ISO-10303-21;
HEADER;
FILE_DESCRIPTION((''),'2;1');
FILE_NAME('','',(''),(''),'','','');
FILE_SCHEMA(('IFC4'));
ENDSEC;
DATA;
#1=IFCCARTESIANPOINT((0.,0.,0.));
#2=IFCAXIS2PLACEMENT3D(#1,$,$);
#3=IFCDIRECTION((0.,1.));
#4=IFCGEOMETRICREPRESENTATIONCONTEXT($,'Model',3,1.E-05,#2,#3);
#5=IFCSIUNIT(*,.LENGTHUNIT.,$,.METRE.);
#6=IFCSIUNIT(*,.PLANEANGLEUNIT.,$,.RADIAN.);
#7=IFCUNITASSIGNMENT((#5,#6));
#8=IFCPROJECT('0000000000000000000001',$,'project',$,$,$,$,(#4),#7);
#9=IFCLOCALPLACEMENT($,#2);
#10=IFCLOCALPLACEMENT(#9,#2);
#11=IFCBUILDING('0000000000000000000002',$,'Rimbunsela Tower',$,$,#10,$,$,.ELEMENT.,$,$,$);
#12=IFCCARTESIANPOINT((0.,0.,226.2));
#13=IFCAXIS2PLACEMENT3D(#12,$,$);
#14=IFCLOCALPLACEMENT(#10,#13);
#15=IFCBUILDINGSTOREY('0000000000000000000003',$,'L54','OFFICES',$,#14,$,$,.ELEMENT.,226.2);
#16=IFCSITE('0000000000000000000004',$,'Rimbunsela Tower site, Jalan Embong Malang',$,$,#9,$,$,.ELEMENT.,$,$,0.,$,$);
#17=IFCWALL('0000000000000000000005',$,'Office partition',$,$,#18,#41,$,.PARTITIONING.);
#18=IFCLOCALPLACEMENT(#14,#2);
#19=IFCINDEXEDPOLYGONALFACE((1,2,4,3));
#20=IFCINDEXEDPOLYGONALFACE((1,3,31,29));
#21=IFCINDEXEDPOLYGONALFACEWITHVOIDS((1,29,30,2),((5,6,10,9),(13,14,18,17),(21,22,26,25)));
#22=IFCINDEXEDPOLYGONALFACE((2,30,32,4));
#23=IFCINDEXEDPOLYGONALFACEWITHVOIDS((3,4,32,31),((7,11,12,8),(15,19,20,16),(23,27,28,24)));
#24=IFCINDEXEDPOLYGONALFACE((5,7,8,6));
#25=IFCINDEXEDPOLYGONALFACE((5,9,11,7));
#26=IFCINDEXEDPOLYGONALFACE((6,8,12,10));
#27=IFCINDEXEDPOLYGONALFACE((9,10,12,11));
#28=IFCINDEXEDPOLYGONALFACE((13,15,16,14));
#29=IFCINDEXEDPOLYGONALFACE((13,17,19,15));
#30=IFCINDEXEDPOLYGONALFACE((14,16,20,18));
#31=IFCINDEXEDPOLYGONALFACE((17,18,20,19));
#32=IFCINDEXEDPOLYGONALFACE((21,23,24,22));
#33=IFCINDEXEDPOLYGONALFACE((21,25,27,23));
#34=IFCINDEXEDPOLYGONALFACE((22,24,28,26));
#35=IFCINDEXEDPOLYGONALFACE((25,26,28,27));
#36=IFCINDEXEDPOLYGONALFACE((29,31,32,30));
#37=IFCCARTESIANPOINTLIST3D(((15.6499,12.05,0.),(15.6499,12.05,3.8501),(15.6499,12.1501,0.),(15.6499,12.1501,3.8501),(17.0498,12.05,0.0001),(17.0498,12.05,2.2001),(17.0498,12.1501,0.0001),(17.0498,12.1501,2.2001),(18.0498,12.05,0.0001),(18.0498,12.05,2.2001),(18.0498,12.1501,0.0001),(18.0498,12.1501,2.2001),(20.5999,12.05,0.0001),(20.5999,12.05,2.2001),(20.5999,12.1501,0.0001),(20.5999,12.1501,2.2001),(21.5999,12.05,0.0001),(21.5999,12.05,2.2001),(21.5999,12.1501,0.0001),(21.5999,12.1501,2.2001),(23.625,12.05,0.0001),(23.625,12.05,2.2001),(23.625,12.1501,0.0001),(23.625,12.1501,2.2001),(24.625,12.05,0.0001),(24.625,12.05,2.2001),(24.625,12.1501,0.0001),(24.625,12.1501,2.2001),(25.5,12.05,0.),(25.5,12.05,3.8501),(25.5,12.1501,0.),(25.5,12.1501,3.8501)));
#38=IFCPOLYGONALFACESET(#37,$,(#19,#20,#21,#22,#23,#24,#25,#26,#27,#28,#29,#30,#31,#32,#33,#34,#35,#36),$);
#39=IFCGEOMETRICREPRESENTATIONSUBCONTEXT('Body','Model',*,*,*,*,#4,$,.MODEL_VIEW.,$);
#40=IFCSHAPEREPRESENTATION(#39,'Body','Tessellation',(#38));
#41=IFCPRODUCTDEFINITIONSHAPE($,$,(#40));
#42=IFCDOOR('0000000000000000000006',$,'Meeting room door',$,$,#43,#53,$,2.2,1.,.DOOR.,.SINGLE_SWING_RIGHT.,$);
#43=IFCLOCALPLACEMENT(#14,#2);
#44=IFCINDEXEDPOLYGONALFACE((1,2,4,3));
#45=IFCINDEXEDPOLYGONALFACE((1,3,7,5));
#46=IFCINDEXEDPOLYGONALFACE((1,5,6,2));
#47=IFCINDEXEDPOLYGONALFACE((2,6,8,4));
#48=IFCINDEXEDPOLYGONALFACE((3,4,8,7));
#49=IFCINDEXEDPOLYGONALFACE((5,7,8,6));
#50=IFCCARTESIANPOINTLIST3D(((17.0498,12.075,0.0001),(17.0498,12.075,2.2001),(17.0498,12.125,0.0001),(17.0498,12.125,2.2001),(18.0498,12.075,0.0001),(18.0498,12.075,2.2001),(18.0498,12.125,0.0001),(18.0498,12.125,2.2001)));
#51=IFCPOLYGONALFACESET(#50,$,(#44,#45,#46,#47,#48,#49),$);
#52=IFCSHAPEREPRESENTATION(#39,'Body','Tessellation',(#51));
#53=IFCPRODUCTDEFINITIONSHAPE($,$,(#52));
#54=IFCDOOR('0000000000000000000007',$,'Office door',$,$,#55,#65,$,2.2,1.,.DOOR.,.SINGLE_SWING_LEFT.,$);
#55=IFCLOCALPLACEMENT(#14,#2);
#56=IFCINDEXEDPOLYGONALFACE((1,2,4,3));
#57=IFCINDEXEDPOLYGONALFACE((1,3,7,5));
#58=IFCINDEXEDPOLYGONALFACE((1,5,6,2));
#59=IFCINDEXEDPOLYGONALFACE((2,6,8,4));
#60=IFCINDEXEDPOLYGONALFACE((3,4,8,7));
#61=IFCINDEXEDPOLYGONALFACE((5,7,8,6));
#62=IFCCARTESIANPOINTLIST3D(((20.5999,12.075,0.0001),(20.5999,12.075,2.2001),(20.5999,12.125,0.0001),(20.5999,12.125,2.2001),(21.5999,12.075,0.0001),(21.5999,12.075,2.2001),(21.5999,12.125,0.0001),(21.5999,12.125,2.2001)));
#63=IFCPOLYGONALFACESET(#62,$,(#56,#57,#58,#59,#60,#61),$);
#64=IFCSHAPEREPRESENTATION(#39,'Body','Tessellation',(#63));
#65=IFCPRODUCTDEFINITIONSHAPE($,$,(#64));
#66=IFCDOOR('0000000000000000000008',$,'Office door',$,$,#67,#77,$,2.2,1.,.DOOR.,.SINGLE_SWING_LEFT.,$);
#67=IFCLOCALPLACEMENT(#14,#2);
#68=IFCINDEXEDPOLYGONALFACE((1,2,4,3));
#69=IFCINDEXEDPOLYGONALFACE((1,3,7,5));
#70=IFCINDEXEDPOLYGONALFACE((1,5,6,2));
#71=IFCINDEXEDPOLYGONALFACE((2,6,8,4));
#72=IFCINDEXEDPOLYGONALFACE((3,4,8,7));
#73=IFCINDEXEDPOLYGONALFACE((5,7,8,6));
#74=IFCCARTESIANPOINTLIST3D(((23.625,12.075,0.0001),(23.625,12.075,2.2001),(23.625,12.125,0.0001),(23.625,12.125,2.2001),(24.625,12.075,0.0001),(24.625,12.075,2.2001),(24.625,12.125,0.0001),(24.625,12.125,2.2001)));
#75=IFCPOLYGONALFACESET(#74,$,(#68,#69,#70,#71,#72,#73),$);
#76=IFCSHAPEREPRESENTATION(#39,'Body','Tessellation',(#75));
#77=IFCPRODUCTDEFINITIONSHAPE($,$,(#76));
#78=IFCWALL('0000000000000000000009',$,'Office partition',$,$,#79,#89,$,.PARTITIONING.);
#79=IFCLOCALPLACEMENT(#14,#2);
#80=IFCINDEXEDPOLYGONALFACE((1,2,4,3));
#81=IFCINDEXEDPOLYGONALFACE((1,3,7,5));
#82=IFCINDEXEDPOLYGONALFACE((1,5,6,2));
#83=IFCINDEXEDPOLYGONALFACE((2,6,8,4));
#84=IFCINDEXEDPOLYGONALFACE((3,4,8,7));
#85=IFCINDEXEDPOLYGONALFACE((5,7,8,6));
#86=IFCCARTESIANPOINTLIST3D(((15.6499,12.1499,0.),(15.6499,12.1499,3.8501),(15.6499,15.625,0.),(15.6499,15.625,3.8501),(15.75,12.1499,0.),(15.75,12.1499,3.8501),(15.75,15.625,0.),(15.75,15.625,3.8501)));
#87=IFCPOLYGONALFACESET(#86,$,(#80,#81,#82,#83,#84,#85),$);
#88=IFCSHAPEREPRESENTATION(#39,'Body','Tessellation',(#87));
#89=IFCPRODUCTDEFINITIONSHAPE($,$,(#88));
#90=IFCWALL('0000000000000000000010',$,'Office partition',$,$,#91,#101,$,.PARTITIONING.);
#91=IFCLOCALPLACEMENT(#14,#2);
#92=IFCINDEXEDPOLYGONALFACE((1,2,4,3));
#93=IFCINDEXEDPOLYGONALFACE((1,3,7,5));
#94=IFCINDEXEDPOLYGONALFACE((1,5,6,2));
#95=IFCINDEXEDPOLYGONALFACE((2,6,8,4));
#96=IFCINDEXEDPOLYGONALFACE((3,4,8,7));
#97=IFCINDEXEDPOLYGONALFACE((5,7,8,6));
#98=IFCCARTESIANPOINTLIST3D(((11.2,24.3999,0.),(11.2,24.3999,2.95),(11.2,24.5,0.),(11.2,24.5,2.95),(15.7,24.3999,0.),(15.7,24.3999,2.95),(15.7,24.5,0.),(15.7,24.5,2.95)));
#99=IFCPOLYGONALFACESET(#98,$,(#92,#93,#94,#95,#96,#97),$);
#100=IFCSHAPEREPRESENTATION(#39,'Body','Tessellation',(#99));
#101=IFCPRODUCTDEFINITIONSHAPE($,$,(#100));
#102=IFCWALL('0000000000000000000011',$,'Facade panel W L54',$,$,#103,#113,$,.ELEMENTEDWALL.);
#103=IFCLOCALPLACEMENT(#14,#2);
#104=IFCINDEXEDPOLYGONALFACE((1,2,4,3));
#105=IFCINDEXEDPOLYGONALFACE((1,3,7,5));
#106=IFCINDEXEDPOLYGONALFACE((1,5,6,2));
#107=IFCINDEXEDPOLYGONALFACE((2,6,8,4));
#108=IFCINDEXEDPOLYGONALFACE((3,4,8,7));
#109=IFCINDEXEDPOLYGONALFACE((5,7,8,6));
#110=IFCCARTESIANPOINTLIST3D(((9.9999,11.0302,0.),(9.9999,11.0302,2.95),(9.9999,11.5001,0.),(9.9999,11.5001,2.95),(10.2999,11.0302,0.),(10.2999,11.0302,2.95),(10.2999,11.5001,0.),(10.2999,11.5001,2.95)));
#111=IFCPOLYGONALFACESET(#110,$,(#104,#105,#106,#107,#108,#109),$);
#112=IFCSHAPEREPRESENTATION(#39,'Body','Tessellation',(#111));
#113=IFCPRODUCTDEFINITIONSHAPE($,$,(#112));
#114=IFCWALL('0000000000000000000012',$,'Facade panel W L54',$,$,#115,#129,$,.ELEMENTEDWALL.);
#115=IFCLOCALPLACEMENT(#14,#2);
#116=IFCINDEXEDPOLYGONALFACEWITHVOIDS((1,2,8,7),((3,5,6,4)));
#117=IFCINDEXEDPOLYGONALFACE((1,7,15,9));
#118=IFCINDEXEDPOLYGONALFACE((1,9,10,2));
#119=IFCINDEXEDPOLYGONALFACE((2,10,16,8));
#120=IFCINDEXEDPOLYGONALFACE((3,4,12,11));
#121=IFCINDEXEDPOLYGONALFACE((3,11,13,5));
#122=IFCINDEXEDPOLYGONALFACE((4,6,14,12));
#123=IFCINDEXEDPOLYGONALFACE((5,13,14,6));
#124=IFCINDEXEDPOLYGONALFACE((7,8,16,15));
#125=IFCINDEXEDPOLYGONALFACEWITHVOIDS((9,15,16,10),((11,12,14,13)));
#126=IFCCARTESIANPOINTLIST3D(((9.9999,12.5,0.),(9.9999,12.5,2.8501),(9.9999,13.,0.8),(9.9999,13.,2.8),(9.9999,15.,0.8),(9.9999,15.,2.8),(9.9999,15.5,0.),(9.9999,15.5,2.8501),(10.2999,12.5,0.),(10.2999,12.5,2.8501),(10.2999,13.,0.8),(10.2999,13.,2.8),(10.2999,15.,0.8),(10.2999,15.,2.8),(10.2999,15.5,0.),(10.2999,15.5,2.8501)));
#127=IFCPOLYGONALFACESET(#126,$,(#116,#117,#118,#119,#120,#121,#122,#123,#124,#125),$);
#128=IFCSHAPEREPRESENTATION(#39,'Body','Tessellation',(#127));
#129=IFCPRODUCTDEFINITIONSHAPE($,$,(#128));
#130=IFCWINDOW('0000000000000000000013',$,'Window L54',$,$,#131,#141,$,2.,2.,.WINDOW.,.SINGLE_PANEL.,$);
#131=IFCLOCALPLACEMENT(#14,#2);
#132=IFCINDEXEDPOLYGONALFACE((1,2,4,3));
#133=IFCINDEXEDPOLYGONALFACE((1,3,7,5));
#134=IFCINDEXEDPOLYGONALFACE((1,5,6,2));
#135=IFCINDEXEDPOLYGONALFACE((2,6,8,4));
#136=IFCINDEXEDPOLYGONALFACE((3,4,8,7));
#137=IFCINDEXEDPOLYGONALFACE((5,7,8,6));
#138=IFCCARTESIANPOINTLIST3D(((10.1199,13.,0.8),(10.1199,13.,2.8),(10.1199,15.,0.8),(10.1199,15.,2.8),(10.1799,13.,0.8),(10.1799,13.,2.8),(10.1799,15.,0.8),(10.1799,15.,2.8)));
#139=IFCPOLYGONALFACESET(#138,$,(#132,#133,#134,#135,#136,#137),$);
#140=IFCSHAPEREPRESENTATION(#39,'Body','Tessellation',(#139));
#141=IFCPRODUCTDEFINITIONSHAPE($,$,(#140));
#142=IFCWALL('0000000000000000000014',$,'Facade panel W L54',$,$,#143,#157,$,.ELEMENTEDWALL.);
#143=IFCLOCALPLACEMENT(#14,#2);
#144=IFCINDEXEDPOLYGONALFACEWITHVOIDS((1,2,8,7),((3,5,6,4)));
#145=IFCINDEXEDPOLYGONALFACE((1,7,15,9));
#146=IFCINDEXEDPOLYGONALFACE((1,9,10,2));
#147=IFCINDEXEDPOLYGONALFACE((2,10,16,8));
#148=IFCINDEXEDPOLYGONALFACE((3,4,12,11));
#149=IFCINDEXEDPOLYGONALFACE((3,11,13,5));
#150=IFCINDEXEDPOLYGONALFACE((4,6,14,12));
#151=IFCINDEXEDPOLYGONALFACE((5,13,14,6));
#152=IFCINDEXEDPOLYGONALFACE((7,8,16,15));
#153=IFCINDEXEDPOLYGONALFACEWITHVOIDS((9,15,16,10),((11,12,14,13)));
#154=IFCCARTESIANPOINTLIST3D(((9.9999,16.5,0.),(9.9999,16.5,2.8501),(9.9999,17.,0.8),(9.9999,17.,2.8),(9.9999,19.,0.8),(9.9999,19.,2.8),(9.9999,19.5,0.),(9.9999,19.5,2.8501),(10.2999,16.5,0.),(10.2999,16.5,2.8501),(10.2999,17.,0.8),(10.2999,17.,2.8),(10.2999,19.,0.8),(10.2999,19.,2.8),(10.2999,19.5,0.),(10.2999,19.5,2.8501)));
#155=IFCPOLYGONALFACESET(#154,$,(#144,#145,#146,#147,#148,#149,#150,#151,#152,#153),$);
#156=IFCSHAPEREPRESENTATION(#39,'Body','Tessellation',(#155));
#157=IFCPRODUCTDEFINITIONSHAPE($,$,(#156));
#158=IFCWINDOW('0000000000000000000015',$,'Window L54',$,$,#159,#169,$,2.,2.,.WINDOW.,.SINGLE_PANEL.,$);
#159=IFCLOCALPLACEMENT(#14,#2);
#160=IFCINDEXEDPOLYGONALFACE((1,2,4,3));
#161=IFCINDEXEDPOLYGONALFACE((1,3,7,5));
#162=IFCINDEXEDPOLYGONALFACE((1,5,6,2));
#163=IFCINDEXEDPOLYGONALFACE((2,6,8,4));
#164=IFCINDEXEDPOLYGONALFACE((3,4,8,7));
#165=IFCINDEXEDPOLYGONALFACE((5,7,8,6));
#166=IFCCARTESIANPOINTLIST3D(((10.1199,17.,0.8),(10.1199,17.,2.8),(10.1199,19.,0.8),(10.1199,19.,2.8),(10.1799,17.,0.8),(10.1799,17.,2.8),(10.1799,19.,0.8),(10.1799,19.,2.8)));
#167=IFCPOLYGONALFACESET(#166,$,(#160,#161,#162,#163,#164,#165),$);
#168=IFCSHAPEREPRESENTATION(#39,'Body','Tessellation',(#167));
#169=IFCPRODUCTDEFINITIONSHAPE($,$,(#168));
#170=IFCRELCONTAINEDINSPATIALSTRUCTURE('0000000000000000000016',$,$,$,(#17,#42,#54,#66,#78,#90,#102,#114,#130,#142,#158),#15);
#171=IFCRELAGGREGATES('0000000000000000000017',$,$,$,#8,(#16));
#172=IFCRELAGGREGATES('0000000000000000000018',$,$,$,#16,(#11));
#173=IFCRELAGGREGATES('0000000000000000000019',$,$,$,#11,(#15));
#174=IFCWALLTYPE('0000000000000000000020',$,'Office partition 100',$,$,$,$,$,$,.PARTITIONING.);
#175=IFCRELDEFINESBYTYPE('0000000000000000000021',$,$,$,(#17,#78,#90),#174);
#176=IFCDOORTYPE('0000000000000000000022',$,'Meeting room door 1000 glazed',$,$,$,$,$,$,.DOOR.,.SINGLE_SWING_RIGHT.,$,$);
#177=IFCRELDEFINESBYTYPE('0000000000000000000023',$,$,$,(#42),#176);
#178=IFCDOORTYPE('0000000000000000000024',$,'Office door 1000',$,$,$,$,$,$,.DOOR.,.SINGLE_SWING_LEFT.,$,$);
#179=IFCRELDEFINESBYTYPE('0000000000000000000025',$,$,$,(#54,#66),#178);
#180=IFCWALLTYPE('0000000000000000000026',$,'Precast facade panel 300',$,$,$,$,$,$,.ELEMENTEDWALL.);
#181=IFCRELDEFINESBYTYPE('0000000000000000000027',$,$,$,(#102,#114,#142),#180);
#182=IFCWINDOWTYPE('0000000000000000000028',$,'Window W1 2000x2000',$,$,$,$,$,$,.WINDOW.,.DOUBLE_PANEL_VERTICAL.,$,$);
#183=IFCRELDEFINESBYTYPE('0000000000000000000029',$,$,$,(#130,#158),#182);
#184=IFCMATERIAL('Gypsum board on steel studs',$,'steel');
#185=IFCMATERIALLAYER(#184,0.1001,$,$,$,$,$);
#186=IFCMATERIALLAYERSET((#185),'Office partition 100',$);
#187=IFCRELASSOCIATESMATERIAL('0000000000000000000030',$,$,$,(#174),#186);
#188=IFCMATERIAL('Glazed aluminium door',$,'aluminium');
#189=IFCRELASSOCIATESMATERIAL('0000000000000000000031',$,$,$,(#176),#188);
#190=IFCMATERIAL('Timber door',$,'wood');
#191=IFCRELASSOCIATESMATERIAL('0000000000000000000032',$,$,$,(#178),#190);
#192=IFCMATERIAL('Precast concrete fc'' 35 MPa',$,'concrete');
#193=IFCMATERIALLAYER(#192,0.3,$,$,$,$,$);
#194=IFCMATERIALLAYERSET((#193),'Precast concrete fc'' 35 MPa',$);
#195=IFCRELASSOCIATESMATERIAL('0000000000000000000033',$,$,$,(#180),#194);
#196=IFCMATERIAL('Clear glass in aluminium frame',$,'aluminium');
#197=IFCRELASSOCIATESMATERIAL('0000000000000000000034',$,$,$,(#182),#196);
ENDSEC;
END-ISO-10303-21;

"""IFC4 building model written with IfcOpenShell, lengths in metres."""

from ifc_helpers import new_model, si_unit, direction, frame, frame_2d, origin, place, context, subcontext, project, spatial, rectangle, extrude, material, layer, layer_set, type_object, element, fill, save


model = new_model("IFC4")

# Units and contexts
model_context = context("Model", 3, precision=1e-05, world=origin(), true_north=direction((0.0, 1.0)))
body_context = subcontext(model_context, "Body", "Model", "MODEL_VIEW")
ifc_project = project(units=[si_unit("LENGTHUNIT", "METRE"), si_unit("PLANEANGLEUNIT", "RADIAN")], contexts=[model_context])

# Site, building, storey
site_placement = place(None, origin())
site = spatial("IfcSite", under=ifc_project, at=site_placement, Name="Rimbunsela Tower site, Jalan Embong Malang", CompositionType="ELEMENT", RefElevation=0.0)
building_placement = place(site_placement, origin())
building = spatial("IfcBuilding", under=site, at=building_placement, Name="Rimbunsela Tower", CompositionType="ELEMENT")
storey_placement = place(building_placement, frame((0.0, 0.0, 226.2)))
storey = spatial("IfcBuildingStorey", under=building, at=storey_placement, Name="L54", Description="OFFICES", CompositionType="ELEMENT", Elevation=226.2)

# Wall, openings, doors
ifc_material_1 = material(Name="Gypsum board on steel studs", Category="steel")
ifc_layer_1 = layer(ifc_material_1, 0.1001)
ifc_layer_set_1 = layer_set([ifc_layer_1], Name="Office partition 100")
wall_type_1 = type_object("IfcWallType", Name="Office partition 100", PredefinedType="PARTITIONING", material=ifc_layer_set_1)
wall_1_placement = place(storey_placement, frame((15.6499, 12.1001, 0.0), z_axis=(0.0, 0.0, 1.0), x_axis=(1.0, 0.0, 0.0)))
wall_1 = element("IfcWall", 1, at=wall_1_placement, inside=storey, type_object=wall_type_1, Name="Office partition", PredefinedType="PARTITIONING", context=body_context, shape_type="SweptSolid", body=[
    extrude(rectangle(XDim=9.8501, YDim=0.1001, at=frame_2d((4.925, 0.0))), origin(), (0.0, 0.0, 1.0), 3.8501),
])
opening_1_placement = place(wall_1_placement, frame((1.3999, 0.0, 0.0)))
opening_1 = element("IfcOpeningElement", 2, at=opening_1_placement, cuts=wall_1, PredefinedType="OPENING", context=body_context, shape_type="SweptSolid", body=[
    extrude(rectangle(XDim=1.0, YDim=2.2, at=frame_2d((0.5, 1.1001))), frame((0.0, 0.0601, 0.0), z_axis=(0.0, -1.0, 0.0), x_axis=(1.0, 0.0, 0.0)), (0.0, 0.0, 1.0), 0.1201),
])
opening_2_placement = place(wall_1_placement, frame((4.95, 0.0, 0.0)))
opening_2 = element("IfcOpeningElement", 3, at=opening_2_placement, cuts=wall_1, PredefinedType="OPENING", context=body_context, shape_type="SweptSolid", body=[
    extrude(rectangle(XDim=1.0, YDim=2.2, at=frame_2d((0.5, 1.1001))), frame((0.0, 0.0601, 0.0), z_axis=(0.0, -1.0, 0.0), x_axis=(1.0, 0.0, 0.0)), (0.0, 0.0, 1.0), 0.1201),
])
opening_3_placement = place(wall_1_placement, frame((7.9751, 0.0, 0.0)))
opening_3 = element("IfcOpeningElement", 4, at=opening_3_placement, cuts=wall_1, PredefinedType="OPENING", context=body_context, shape_type="SweptSolid", body=[
    extrude(rectangle(XDim=1.0, YDim=2.2, at=frame_2d((0.5, 1.1001))), frame((0.0, 0.0601, 0.0), z_axis=(0.0, -1.0, 0.0), x_axis=(1.0, 0.0, 0.0)), (0.0, 0.0, 1.0), 0.1201),
])
ifc_material_2 = material(Name="Glazed aluminium door", Category="aluminium")
door_type_1 = type_object("IfcDoorType", Name="Meeting room door 1000 glazed", OperationType="SINGLE_SWING_RIGHT", PredefinedType="DOOR", material=ifc_material_2)
door_1_placement = place(opening_1_placement, origin())
door_1 = element("IfcDoor", 5, at=door_1_placement, inside=storey, type_object=door_type_1, Name="Meeting room door", OperationType="SINGLE_SWING_RIGHT", OverallHeight=2.2, OverallWidth=1.0, PredefinedType="DOOR", context=body_context, shape_type="SweptSolid", body=[
    extrude(rectangle(XDim=1.0, YDim=2.2, at=frame_2d((0.5, 1.1001))), frame((0.0, 0.0249, 0.0), z_axis=(0.0, -1.0, 0.0), x_axis=(1.0, 0.0, 0.0)), (0.0, 0.0, 1.0), 0.05),
])
fill(opening_1, door_1)
ifc_material_3 = material(Name="Timber door", Category="wood")
door_type_2 = type_object("IfcDoorType", Name="Office door 1000", OperationType="SINGLE_SWING_LEFT", PredefinedType="DOOR", material=ifc_material_3)
door_2_placement = place(opening_2_placement, origin())
door_2 = element("IfcDoor", 6, at=door_2_placement, inside=storey, type_object=door_type_2, Name="Office door", OperationType="SINGLE_SWING_LEFT", OverallHeight=2.2, OverallWidth=1.0, PredefinedType="DOOR", context=body_context, shape_type="SweptSolid", body=[
    extrude(rectangle(XDim=1.0, YDim=2.2, at=frame_2d((0.5, 1.1001))), frame((0.0, 0.0249, 0.0), z_axis=(0.0, -1.0, 0.0), x_axis=(1.0, 0.0, 0.0)), (0.0, 0.0, 1.0), 0.05),
])
fill(opening_2, door_2)
door_3_placement = place(opening_3_placement, origin())
door_3 = element("IfcDoor", 7, at=door_3_placement, inside=storey, type_object=door_type_2, Name="Office door", OperationType="SINGLE_SWING_LEFT", OverallHeight=2.2, OverallWidth=1.0, PredefinedType="DOOR", context=body_context, shape_type="SweptSolid", body=[
    extrude(rectangle(XDim=1.0, YDim=2.2, at=frame_2d((0.5, 1.1001))), frame((0.0, 0.0249, 0.0), z_axis=(0.0, -1.0, 0.0), x_axis=(1.0, 0.0, 0.0)), (0.0, 0.0, 1.0), 0.05),
])
fill(opening_3, door_3)

# Walls
wall_2_placement = place(storey_placement, frame((15.7, 12.1499, 0.0), z_axis=(0.0, 0.0, 1.0), x_axis=(0.0, 1.0, 0.0)))
element("IfcWall", 8, at=wall_2_placement, inside=storey, type_object=wall_type_1, Name="Office partition", PredefinedType="PARTITIONING", context=body_context, shape_type="SweptSolid", body=[
    extrude(rectangle(XDim=3.4751, YDim=0.1001, at=frame_2d((1.7375, 0.0))), origin(), (0.0, 0.0, 1.0), 3.8501),
])
wall_3_placement = place(storey_placement, frame((11.2, 24.45, 0.0), z_axis=(0.0, 0.0, 1.0), x_axis=(1.0, 0.0, 0.0)))
element("IfcWall", 9, at=wall_3_placement, inside=storey, type_object=wall_type_1, Name="Office partition", PredefinedType="PARTITIONING", context=body_context, shape_type="SweptSolid", body=[
    extrude(rectangle(XDim=4.5, YDim=0.1001, at=frame_2d((2.25, 0.0))), origin(), (0.0, 0.0, 1.0), 2.95),
])
ifc_material_4 = material(Name="Precast concrete fc' 35 MPa", Category="concrete")
ifc_layer_2 = layer(ifc_material_4, 0.3)
ifc_layer_set_2 = layer_set([ifc_layer_2], Name="Precast concrete fc' 35 MPa")
wall_type_2 = type_object("IfcWallType", Name="Precast facade panel 300", PredefinedType="ELEMENTEDWALL", material=ifc_layer_set_2)
wall_4_placement = place(storey_placement, frame((10.1499, 11.5, 0.0), z_axis=(0.0, 0.0, 1.0), x_axis=(0.0, -1.0, 0.0)))
element("IfcWall", 10, at=wall_4_placement, inside=storey, type_object=wall_type_2, Name="Facade panel W L54", PredefinedType="ELEMENTEDWALL", context=body_context, shape_type="SweptSolid", body=[
    extrude(rectangle(XDim=0.47, YDim=0.3, at=frame_2d((0.2349, 0.0))), origin(), (0.0, 0.0, 1.0), 2.95),
])

# Walls, openings, windows
wall_5_placement = place(storey_placement, frame((10.1499, 15.5, 0.0), z_axis=(0.0, 0.0, 1.0), x_axis=(0.0, -1.0, 0.0)))
wall_5 = element("IfcWall", 11, at=wall_5_placement, inside=storey, type_object=wall_type_2, Name="Facade panel W L54", PredefinedType="ELEMENTEDWALL", context=body_context, shape_type="SweptSolid", body=[
    extrude(rectangle(XDim=3.0, YDim=0.3, at=frame_2d((1.5, 0.0))), origin(), (0.0, 0.0, 1.0), 2.8501),
])
opening_4_placement = place(wall_5_placement, frame((0.5, 0.0, 0.8)))
opening_4 = element("IfcOpeningElement", 12, at=opening_4_placement, cuts=wall_5, PredefinedType="OPENING", context=body_context, shape_type="SweptSolid", body=[
    extrude(rectangle(XDim=2.0, YDim=2.0, at=frame_2d((1.0, 1.0))), frame((0.0, 0.1599, 0.0), z_axis=(0.0, -1.0, 0.0), x_axis=(1.0, 0.0, 0.0)), (0.0, 0.0, 1.0), 0.3201),
])
ifc_material_5 = material(Name="Clear glass in aluminium frame", Category="aluminium")
window_type = type_object("IfcWindowType", Name="Window W1 2000x2000", PartitioningType="DOUBLE_PANEL_VERTICAL", PredefinedType="WINDOW", material=ifc_material_5)
window_1_placement = place(opening_4_placement, origin())
window_1 = element("IfcWindow", 13, at=window_1_placement, inside=storey, type_object=window_type, Name="Window L54", OverallHeight=2.0, OverallWidth=2.0, PartitioningType="SINGLE_PANEL", PredefinedType="WINDOW", context=body_context, shape_type="SweptSolid", body=[
    extrude(rectangle(XDim=2.0, YDim=2.0, at=frame_2d((1.0, 1.0))), frame((0.0, 0.03, 0.0), z_axis=(0.0, -1.0, 0.0), x_axis=(1.0, 0.0, 0.0)), (0.0, 0.0, 1.0), 0.0601),
])
fill(opening_4, window_1)
wall_6_placement = place(storey_placement, frame((10.1499, 19.5, 0.0), z_axis=(0.0, 0.0, 1.0), x_axis=(0.0, -1.0, 0.0)))
wall_6 = element("IfcWall", 14, at=wall_6_placement, inside=storey, type_object=wall_type_2, Name="Facade panel W L54", PredefinedType="ELEMENTEDWALL", context=body_context, shape_type="SweptSolid", body=[
    extrude(rectangle(XDim=3.0, YDim=0.3, at=frame_2d((1.5, 0.0))), origin(), (0.0, 0.0, 1.0), 2.8501),
])
opening_5_placement = place(wall_6_placement, frame((0.5, 0.0, 0.8)))
opening_5 = element("IfcOpeningElement", 15, at=opening_5_placement, cuts=wall_6, PredefinedType="OPENING", context=body_context, shape_type="SweptSolid", body=[
    extrude(rectangle(XDim=2.0, YDim=2.0, at=frame_2d((1.0, 1.0))), frame((0.0, 0.1599, 0.0), z_axis=(0.0, -1.0, 0.0), x_axis=(1.0, 0.0, 0.0)), (0.0, 0.0, 1.0), 0.3201),
])
window_2_placement = place(opening_5_placement, origin())
window_2 = element("IfcWindow", 16, at=window_2_placement, inside=storey, type_object=window_type, Name="Window L54", OverallHeight=2.0, OverallWidth=2.0, PartitioningType="SINGLE_PANEL", PredefinedType="WINDOW", context=body_context, shape_type="SweptSolid", body=[
    extrude(rectangle(XDim=2.0, YDim=2.0, at=frame_2d((1.0, 1.0))), frame((0.0, 0.03, 0.0), z_axis=(0.0, -1.0, 0.0), x_axis=(1.0, 0.0, 0.0)), (0.0, 0.0, 1.0), 0.0601),
])
fill(opening_5, window_2)

save(model, "model.ifc")
